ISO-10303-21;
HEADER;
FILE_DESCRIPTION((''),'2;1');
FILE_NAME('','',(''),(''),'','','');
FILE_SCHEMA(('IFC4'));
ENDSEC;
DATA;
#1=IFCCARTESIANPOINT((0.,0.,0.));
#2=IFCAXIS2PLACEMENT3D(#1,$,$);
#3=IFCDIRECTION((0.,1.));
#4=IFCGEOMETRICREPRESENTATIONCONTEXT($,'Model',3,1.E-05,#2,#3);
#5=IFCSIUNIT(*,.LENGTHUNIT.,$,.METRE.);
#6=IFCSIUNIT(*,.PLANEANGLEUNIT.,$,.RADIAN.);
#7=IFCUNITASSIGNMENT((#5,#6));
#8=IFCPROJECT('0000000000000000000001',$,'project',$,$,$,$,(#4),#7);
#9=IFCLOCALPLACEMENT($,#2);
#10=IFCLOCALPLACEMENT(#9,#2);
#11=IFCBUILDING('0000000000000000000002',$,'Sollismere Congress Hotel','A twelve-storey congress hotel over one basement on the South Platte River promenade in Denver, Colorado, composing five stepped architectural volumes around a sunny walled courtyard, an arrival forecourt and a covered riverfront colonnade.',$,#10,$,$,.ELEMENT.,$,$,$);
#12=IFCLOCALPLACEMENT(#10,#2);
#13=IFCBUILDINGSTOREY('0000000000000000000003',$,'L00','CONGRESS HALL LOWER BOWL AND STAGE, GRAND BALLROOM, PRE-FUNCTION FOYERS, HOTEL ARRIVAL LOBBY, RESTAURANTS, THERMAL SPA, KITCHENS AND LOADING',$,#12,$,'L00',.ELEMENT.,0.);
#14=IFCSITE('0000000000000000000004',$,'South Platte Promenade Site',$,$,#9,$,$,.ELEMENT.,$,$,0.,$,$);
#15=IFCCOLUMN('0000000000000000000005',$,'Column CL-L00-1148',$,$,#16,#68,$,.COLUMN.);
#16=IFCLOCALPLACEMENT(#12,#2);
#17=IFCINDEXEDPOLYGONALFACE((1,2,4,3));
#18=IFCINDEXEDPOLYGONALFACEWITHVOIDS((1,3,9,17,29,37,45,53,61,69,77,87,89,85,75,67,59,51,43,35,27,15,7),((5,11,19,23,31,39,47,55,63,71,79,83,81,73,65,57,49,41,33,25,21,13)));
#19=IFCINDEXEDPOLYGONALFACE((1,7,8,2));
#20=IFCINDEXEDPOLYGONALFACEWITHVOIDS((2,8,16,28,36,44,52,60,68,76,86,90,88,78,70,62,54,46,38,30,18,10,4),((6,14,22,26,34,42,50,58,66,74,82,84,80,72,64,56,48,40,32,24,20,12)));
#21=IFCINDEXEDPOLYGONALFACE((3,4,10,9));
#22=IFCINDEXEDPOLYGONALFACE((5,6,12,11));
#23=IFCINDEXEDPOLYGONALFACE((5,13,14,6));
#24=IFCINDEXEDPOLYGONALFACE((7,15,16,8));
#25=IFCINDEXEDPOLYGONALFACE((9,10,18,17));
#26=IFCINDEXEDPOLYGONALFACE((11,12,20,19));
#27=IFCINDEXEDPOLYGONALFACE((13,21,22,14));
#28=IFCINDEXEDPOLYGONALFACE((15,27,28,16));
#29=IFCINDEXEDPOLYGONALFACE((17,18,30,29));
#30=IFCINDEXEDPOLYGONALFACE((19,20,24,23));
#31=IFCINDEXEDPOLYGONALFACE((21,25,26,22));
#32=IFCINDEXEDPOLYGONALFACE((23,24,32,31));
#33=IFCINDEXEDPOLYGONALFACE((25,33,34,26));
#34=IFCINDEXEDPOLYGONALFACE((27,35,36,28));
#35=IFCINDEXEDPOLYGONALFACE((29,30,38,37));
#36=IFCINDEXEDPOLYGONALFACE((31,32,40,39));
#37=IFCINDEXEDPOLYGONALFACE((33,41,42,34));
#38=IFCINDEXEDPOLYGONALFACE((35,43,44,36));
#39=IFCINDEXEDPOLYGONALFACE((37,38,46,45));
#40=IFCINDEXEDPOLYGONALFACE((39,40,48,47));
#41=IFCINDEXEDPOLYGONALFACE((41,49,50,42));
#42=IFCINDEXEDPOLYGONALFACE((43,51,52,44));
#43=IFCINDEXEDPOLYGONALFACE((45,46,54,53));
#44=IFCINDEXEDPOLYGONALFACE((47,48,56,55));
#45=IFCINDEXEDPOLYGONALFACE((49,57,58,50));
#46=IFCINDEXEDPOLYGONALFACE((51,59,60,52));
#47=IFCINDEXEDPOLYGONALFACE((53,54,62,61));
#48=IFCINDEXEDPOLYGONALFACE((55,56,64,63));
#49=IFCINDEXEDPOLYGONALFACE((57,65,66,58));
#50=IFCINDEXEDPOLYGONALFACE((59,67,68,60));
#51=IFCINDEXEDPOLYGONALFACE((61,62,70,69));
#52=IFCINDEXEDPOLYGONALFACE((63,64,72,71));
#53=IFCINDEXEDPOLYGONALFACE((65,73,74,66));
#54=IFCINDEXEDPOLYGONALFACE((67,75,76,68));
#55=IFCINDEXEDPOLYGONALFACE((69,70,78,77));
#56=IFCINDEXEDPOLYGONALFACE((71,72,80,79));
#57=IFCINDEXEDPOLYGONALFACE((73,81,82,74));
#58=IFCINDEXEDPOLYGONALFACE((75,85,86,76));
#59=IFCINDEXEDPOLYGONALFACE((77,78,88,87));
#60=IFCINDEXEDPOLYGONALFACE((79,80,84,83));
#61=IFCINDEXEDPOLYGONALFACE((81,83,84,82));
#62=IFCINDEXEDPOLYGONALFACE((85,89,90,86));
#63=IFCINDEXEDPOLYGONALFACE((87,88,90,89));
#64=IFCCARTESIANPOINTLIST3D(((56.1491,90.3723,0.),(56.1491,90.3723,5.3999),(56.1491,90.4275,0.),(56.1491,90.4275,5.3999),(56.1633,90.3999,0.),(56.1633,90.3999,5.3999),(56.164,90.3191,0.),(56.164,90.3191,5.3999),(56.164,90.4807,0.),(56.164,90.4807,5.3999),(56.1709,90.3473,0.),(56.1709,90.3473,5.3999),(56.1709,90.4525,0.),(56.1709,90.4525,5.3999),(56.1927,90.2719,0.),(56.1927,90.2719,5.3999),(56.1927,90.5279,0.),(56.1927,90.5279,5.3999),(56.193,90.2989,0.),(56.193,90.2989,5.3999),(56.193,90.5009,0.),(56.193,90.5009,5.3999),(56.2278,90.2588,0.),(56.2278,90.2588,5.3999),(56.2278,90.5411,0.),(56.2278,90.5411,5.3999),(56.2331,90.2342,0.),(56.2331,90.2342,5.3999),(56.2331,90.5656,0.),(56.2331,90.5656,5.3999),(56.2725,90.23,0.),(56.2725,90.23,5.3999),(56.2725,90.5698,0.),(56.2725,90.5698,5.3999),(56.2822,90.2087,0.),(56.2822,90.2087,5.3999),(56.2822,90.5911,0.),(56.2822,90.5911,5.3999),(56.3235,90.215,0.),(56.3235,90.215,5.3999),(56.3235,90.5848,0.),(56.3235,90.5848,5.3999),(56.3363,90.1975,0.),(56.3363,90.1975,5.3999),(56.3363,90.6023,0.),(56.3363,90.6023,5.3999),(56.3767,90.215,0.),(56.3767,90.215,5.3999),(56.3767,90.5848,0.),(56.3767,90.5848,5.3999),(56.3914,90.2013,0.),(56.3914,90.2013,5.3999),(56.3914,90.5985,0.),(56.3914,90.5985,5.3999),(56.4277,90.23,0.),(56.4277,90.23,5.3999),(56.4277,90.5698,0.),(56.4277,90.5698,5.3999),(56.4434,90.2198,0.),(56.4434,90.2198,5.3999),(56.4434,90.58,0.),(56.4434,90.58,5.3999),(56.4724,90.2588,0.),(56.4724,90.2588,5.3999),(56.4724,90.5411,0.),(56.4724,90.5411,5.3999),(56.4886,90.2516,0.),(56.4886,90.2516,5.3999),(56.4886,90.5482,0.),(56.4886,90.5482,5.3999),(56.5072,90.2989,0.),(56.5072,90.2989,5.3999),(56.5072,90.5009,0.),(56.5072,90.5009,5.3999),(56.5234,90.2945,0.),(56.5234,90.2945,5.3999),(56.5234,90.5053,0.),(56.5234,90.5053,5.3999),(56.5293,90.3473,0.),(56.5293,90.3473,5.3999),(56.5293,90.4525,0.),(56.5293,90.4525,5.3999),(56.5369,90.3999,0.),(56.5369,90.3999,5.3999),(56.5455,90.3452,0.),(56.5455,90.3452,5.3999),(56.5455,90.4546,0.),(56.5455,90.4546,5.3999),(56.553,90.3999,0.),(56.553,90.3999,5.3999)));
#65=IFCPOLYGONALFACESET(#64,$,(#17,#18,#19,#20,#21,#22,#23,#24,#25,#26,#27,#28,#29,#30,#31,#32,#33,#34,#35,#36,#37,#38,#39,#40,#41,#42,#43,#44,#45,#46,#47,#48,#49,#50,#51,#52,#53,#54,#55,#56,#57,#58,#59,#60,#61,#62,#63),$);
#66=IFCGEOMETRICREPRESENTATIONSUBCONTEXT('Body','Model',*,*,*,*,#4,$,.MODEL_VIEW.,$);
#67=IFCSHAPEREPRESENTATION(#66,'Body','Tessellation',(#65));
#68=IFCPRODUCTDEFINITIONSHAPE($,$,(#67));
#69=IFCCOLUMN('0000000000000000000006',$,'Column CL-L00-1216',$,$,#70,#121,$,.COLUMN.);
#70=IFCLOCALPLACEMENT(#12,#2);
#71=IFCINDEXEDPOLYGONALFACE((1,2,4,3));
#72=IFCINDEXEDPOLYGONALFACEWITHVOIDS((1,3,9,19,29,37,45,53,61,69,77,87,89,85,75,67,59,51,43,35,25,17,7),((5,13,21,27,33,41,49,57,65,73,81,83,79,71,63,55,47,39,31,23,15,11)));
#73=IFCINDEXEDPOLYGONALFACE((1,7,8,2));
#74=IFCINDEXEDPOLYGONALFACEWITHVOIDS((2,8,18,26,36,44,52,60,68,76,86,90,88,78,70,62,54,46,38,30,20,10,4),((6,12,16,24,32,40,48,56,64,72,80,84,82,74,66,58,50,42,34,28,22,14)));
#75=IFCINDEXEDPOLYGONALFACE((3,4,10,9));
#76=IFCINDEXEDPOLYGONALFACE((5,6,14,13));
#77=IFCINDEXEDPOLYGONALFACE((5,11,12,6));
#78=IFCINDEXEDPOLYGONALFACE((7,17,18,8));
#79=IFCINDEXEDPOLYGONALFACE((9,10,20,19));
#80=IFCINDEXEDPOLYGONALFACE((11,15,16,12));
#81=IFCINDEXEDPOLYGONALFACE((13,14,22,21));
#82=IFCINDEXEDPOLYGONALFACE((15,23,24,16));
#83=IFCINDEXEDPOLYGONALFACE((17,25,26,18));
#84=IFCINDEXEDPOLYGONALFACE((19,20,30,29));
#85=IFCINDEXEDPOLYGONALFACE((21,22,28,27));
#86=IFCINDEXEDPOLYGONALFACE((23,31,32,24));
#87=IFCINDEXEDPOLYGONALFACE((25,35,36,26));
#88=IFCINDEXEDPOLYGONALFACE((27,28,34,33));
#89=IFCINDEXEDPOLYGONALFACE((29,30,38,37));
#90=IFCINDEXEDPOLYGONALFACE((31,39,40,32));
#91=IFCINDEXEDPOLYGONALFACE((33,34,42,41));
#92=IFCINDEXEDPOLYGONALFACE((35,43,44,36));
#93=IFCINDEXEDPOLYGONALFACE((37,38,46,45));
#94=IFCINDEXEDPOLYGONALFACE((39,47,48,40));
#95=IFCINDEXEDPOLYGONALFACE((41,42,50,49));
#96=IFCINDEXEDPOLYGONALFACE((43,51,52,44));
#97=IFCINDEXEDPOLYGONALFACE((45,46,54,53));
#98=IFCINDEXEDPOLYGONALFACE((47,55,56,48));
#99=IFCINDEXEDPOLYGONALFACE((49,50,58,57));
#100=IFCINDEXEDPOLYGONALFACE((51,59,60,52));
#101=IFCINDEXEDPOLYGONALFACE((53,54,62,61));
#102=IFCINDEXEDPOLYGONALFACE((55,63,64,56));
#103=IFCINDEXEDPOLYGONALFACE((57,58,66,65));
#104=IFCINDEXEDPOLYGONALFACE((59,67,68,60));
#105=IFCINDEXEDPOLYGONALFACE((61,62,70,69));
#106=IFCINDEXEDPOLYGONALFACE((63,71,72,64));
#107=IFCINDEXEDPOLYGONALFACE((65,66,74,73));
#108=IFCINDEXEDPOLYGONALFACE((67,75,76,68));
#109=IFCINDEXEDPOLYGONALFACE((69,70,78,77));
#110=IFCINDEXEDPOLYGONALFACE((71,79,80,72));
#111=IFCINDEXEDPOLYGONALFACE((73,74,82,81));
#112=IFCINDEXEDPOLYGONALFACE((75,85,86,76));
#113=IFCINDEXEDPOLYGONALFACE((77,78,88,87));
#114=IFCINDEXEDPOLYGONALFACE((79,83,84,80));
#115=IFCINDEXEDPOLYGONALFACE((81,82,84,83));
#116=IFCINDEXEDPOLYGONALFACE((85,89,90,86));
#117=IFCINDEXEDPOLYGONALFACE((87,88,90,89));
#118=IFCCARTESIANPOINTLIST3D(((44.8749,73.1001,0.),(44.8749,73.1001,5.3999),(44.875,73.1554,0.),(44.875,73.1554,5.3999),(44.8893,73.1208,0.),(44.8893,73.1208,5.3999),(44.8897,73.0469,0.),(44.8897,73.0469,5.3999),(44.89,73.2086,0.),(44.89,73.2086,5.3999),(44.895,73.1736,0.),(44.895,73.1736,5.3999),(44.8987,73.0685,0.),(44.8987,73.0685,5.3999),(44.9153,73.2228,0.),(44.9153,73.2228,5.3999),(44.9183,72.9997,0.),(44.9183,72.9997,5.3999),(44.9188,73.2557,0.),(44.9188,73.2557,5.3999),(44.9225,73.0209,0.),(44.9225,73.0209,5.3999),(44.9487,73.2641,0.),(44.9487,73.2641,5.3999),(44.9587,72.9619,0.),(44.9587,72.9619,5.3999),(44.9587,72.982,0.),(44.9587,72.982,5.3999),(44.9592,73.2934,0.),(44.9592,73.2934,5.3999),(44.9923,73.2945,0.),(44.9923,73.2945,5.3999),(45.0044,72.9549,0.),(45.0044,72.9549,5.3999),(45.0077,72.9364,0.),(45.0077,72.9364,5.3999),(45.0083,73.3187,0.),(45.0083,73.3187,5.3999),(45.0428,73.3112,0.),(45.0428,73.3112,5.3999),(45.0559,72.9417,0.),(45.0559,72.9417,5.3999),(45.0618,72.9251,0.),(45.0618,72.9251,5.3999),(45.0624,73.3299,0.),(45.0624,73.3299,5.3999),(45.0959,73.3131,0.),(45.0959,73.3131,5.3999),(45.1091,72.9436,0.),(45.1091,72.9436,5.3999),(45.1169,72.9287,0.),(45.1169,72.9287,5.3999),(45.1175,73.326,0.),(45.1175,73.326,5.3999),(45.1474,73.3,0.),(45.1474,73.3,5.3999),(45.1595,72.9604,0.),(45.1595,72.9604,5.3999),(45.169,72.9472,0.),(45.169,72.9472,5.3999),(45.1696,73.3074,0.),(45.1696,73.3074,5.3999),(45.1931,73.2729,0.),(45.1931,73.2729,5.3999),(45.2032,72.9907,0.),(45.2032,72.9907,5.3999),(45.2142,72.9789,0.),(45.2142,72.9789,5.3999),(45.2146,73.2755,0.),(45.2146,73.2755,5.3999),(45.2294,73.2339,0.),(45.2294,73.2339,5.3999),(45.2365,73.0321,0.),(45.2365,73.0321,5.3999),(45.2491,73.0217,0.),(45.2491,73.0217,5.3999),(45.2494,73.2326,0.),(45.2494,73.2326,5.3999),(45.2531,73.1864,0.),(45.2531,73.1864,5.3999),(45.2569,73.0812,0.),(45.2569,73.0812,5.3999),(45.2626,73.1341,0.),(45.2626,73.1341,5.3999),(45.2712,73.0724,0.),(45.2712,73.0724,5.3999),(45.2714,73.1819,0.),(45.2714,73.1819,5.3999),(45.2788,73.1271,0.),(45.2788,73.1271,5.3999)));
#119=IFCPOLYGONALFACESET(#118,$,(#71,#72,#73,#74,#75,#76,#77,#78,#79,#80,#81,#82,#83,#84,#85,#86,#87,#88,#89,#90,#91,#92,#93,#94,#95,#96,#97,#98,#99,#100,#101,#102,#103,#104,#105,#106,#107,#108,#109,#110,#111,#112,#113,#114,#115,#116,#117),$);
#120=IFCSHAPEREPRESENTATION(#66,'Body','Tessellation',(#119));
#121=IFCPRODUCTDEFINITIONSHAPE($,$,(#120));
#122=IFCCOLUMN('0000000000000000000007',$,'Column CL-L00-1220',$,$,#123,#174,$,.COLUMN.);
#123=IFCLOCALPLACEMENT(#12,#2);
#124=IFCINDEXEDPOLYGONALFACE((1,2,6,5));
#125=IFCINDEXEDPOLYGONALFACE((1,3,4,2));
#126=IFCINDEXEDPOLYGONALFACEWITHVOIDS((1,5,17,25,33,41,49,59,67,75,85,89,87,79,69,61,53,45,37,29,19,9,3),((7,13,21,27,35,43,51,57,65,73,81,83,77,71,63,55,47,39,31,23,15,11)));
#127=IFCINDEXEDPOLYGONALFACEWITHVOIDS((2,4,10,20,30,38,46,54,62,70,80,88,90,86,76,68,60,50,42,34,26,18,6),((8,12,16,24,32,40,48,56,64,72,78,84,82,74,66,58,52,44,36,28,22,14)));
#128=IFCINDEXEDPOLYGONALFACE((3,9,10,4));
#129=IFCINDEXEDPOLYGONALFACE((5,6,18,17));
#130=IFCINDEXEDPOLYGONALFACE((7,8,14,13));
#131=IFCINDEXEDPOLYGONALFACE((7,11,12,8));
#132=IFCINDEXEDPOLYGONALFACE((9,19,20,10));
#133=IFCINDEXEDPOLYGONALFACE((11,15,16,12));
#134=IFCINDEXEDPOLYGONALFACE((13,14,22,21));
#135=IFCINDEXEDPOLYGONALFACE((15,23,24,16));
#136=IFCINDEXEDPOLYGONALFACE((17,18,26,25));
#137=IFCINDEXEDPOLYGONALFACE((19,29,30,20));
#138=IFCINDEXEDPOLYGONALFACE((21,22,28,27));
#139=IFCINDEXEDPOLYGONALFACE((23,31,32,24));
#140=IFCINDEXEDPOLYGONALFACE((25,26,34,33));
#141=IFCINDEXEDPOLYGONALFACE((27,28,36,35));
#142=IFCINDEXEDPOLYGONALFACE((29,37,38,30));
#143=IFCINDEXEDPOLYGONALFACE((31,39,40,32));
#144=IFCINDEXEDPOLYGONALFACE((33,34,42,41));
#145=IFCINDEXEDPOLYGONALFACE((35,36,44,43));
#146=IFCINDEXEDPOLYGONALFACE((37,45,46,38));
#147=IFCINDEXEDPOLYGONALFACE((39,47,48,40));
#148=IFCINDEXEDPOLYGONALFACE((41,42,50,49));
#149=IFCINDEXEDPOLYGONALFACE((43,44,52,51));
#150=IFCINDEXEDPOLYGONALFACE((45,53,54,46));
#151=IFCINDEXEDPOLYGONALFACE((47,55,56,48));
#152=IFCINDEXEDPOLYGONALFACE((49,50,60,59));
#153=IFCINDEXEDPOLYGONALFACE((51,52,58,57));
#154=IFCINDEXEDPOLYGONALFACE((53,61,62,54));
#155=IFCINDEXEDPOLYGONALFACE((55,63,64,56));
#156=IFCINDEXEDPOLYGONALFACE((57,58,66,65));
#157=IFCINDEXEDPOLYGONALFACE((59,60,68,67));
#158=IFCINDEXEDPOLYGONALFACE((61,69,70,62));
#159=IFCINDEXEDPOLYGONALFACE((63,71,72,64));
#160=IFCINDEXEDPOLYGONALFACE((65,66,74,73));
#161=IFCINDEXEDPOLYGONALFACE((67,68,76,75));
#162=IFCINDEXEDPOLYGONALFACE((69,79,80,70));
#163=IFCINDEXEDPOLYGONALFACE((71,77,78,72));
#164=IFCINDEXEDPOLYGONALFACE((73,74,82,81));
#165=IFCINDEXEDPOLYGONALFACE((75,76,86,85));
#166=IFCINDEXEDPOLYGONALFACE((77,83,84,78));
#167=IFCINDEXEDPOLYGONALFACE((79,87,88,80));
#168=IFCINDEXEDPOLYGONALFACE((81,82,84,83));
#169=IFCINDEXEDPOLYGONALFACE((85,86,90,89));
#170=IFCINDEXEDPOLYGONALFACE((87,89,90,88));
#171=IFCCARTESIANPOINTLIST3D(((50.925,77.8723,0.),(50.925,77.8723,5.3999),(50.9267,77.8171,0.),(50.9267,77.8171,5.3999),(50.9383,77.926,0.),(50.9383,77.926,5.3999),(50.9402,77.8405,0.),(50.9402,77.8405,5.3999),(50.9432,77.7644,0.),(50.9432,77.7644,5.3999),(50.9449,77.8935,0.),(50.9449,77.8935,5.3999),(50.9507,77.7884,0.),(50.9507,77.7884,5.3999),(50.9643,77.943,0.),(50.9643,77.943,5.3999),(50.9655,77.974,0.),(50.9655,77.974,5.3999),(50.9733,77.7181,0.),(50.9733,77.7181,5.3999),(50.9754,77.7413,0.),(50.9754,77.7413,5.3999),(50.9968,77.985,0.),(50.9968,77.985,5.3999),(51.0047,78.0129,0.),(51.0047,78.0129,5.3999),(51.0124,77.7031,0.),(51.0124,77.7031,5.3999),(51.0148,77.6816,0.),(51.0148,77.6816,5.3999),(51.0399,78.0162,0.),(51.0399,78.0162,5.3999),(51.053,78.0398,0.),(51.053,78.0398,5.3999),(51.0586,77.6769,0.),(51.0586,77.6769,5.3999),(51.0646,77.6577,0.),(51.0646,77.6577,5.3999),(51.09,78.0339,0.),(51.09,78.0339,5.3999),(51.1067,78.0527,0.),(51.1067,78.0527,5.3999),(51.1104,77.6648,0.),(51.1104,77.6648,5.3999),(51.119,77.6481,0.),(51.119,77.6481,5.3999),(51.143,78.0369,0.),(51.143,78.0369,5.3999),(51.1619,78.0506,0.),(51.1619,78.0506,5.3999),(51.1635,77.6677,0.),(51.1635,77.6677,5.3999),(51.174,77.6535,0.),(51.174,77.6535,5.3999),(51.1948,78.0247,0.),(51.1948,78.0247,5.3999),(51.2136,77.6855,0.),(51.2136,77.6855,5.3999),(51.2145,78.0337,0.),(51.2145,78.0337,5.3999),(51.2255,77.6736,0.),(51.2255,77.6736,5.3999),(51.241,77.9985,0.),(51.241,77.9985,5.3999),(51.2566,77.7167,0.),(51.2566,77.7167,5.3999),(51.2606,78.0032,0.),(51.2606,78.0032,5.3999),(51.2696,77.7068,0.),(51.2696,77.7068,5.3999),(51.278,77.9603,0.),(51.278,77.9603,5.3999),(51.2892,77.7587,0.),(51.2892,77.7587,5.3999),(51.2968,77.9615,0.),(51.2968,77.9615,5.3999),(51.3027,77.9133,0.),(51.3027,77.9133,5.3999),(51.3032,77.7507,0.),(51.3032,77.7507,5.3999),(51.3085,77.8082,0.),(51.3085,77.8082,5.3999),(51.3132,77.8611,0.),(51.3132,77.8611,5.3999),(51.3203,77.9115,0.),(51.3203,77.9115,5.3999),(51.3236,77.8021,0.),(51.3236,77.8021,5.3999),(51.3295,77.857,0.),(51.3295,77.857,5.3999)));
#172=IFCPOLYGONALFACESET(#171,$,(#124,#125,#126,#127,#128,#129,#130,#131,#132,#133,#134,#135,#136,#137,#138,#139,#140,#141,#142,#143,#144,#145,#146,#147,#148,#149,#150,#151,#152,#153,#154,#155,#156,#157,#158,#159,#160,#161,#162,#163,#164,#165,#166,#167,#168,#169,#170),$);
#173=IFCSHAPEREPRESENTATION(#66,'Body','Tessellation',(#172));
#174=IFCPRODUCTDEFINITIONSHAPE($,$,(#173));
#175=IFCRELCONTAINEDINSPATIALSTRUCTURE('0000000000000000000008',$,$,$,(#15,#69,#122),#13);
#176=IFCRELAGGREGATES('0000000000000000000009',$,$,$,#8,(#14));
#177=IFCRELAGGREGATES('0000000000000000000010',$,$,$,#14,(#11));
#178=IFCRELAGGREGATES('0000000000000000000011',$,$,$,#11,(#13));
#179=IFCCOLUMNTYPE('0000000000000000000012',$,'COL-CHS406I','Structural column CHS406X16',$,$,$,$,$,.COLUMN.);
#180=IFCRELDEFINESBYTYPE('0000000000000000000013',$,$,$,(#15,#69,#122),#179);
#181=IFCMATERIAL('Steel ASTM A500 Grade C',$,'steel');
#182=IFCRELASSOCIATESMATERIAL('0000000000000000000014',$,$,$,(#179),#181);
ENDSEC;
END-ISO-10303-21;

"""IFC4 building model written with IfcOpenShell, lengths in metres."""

from ifc_helpers import new_model, si_unit, direction, frame, origin, origin_2d, place, context, subcontext, project, spatial, hollow_circle, extrude, material, material_profile, profile_set, type_object, element, save


model = new_model("IFC4")

# Units and contexts
model_context = context("Model", 3, precision=1e-05, world=origin(), true_north=direction((0.0, 1.0)))
body_context = subcontext(model_context, "Body", "Model", "MODEL_VIEW")
ifc_project = project(units=[si_unit("LENGTHUNIT", "METRE"), si_unit("PLANEANGLEUNIT", "RADIAN")], contexts=[model_context])

# Site, building, storey
site_placement = place(None, origin())
site = spatial("IfcSite", under=ifc_project, at=site_placement, Name="South Platte Promenade Site", CompositionType="ELEMENT", RefElevation=0.0)
building_placement = place(site_placement, origin())
building = spatial("IfcBuilding", under=site, at=building_placement, Name="Sollismere Congress Hotel", Description="A twelve-storey congress hotel over one basement on the South Platte River promenade in Denver, Colorado, composing five stepped architectural volumes around a sunny walled courtyard, an arrival forecourt and a covered riverfront colonnade.", CompositionType="ELEMENT")
storey_placement = place(building_placement, origin())
storey = spatial("IfcBuildingStorey", under=building, at=storey_placement, Name="L00", Description="CONGRESS HALL LOWER BOWL AND STAGE, GRAND BALLROOM, PRE-FUNCTION FOYERS, HOTEL ARRIVAL LOBBY, RESTAURANTS, THERMAL SPA, KITCHENS AND LOADING", LongName="L00", CompositionType="ELEMENT", Elevation=0.0)

# Columns
ifc_material_1 = material(Name="Steel ASTM A500 Grade C", Category="steel")
ifc_material_profile_1 = material_profile(ifc_material_1, hollow_circle(Radius=0.2029, WallThickness=0.0161, at=origin_2d()), Name="CHS406X16")
ifc_profile_set_1 = profile_set([ifc_material_profile_1], Name="Steel ASTM A500 Grade C")
column_type_1 = type_object("IfcColumnType", Name="COL-CHS406I", Description="Structural column CHS406X16", PredefinedType="COLUMN", material=ifc_profile_set_1)
for number, where, z_axis, x_axis, name in (
    (1, (56.3501, 90.3999, 0.0), (0.0, 0.0, 1.0), (1.0, 0.0, 0.0), "Column CL-L00-1148"),
    (2, (45.0759, 73.1274, 0.0), (0.0, 0.0, 1.0), (0.68136, -0.731949, 0.0), "Column CL-L00-1216"),
    (3, (51.1267, 77.8508, 0.0), (0.0, 0.0, 1.0), (0.86984, -0.493335, 0.0), "Column CL-L00-1220"),
):
    element("IfcColumn", number, at=place(storey_placement, frame(where, z_axis=z_axis, x_axis=x_axis)), inside=storey, type_object=column_type_1, Name=name, PredefinedType="COLUMN", context=body_context, shape_type="SweptSolid", body=[
        extrude(hollow_circle(Radius=0.2029, WallThickness=0.0161, at=origin_2d()), origin(), (0.0, 0.0, 1.0), 5.3999),
    ])

save(model, "model.ifc")
